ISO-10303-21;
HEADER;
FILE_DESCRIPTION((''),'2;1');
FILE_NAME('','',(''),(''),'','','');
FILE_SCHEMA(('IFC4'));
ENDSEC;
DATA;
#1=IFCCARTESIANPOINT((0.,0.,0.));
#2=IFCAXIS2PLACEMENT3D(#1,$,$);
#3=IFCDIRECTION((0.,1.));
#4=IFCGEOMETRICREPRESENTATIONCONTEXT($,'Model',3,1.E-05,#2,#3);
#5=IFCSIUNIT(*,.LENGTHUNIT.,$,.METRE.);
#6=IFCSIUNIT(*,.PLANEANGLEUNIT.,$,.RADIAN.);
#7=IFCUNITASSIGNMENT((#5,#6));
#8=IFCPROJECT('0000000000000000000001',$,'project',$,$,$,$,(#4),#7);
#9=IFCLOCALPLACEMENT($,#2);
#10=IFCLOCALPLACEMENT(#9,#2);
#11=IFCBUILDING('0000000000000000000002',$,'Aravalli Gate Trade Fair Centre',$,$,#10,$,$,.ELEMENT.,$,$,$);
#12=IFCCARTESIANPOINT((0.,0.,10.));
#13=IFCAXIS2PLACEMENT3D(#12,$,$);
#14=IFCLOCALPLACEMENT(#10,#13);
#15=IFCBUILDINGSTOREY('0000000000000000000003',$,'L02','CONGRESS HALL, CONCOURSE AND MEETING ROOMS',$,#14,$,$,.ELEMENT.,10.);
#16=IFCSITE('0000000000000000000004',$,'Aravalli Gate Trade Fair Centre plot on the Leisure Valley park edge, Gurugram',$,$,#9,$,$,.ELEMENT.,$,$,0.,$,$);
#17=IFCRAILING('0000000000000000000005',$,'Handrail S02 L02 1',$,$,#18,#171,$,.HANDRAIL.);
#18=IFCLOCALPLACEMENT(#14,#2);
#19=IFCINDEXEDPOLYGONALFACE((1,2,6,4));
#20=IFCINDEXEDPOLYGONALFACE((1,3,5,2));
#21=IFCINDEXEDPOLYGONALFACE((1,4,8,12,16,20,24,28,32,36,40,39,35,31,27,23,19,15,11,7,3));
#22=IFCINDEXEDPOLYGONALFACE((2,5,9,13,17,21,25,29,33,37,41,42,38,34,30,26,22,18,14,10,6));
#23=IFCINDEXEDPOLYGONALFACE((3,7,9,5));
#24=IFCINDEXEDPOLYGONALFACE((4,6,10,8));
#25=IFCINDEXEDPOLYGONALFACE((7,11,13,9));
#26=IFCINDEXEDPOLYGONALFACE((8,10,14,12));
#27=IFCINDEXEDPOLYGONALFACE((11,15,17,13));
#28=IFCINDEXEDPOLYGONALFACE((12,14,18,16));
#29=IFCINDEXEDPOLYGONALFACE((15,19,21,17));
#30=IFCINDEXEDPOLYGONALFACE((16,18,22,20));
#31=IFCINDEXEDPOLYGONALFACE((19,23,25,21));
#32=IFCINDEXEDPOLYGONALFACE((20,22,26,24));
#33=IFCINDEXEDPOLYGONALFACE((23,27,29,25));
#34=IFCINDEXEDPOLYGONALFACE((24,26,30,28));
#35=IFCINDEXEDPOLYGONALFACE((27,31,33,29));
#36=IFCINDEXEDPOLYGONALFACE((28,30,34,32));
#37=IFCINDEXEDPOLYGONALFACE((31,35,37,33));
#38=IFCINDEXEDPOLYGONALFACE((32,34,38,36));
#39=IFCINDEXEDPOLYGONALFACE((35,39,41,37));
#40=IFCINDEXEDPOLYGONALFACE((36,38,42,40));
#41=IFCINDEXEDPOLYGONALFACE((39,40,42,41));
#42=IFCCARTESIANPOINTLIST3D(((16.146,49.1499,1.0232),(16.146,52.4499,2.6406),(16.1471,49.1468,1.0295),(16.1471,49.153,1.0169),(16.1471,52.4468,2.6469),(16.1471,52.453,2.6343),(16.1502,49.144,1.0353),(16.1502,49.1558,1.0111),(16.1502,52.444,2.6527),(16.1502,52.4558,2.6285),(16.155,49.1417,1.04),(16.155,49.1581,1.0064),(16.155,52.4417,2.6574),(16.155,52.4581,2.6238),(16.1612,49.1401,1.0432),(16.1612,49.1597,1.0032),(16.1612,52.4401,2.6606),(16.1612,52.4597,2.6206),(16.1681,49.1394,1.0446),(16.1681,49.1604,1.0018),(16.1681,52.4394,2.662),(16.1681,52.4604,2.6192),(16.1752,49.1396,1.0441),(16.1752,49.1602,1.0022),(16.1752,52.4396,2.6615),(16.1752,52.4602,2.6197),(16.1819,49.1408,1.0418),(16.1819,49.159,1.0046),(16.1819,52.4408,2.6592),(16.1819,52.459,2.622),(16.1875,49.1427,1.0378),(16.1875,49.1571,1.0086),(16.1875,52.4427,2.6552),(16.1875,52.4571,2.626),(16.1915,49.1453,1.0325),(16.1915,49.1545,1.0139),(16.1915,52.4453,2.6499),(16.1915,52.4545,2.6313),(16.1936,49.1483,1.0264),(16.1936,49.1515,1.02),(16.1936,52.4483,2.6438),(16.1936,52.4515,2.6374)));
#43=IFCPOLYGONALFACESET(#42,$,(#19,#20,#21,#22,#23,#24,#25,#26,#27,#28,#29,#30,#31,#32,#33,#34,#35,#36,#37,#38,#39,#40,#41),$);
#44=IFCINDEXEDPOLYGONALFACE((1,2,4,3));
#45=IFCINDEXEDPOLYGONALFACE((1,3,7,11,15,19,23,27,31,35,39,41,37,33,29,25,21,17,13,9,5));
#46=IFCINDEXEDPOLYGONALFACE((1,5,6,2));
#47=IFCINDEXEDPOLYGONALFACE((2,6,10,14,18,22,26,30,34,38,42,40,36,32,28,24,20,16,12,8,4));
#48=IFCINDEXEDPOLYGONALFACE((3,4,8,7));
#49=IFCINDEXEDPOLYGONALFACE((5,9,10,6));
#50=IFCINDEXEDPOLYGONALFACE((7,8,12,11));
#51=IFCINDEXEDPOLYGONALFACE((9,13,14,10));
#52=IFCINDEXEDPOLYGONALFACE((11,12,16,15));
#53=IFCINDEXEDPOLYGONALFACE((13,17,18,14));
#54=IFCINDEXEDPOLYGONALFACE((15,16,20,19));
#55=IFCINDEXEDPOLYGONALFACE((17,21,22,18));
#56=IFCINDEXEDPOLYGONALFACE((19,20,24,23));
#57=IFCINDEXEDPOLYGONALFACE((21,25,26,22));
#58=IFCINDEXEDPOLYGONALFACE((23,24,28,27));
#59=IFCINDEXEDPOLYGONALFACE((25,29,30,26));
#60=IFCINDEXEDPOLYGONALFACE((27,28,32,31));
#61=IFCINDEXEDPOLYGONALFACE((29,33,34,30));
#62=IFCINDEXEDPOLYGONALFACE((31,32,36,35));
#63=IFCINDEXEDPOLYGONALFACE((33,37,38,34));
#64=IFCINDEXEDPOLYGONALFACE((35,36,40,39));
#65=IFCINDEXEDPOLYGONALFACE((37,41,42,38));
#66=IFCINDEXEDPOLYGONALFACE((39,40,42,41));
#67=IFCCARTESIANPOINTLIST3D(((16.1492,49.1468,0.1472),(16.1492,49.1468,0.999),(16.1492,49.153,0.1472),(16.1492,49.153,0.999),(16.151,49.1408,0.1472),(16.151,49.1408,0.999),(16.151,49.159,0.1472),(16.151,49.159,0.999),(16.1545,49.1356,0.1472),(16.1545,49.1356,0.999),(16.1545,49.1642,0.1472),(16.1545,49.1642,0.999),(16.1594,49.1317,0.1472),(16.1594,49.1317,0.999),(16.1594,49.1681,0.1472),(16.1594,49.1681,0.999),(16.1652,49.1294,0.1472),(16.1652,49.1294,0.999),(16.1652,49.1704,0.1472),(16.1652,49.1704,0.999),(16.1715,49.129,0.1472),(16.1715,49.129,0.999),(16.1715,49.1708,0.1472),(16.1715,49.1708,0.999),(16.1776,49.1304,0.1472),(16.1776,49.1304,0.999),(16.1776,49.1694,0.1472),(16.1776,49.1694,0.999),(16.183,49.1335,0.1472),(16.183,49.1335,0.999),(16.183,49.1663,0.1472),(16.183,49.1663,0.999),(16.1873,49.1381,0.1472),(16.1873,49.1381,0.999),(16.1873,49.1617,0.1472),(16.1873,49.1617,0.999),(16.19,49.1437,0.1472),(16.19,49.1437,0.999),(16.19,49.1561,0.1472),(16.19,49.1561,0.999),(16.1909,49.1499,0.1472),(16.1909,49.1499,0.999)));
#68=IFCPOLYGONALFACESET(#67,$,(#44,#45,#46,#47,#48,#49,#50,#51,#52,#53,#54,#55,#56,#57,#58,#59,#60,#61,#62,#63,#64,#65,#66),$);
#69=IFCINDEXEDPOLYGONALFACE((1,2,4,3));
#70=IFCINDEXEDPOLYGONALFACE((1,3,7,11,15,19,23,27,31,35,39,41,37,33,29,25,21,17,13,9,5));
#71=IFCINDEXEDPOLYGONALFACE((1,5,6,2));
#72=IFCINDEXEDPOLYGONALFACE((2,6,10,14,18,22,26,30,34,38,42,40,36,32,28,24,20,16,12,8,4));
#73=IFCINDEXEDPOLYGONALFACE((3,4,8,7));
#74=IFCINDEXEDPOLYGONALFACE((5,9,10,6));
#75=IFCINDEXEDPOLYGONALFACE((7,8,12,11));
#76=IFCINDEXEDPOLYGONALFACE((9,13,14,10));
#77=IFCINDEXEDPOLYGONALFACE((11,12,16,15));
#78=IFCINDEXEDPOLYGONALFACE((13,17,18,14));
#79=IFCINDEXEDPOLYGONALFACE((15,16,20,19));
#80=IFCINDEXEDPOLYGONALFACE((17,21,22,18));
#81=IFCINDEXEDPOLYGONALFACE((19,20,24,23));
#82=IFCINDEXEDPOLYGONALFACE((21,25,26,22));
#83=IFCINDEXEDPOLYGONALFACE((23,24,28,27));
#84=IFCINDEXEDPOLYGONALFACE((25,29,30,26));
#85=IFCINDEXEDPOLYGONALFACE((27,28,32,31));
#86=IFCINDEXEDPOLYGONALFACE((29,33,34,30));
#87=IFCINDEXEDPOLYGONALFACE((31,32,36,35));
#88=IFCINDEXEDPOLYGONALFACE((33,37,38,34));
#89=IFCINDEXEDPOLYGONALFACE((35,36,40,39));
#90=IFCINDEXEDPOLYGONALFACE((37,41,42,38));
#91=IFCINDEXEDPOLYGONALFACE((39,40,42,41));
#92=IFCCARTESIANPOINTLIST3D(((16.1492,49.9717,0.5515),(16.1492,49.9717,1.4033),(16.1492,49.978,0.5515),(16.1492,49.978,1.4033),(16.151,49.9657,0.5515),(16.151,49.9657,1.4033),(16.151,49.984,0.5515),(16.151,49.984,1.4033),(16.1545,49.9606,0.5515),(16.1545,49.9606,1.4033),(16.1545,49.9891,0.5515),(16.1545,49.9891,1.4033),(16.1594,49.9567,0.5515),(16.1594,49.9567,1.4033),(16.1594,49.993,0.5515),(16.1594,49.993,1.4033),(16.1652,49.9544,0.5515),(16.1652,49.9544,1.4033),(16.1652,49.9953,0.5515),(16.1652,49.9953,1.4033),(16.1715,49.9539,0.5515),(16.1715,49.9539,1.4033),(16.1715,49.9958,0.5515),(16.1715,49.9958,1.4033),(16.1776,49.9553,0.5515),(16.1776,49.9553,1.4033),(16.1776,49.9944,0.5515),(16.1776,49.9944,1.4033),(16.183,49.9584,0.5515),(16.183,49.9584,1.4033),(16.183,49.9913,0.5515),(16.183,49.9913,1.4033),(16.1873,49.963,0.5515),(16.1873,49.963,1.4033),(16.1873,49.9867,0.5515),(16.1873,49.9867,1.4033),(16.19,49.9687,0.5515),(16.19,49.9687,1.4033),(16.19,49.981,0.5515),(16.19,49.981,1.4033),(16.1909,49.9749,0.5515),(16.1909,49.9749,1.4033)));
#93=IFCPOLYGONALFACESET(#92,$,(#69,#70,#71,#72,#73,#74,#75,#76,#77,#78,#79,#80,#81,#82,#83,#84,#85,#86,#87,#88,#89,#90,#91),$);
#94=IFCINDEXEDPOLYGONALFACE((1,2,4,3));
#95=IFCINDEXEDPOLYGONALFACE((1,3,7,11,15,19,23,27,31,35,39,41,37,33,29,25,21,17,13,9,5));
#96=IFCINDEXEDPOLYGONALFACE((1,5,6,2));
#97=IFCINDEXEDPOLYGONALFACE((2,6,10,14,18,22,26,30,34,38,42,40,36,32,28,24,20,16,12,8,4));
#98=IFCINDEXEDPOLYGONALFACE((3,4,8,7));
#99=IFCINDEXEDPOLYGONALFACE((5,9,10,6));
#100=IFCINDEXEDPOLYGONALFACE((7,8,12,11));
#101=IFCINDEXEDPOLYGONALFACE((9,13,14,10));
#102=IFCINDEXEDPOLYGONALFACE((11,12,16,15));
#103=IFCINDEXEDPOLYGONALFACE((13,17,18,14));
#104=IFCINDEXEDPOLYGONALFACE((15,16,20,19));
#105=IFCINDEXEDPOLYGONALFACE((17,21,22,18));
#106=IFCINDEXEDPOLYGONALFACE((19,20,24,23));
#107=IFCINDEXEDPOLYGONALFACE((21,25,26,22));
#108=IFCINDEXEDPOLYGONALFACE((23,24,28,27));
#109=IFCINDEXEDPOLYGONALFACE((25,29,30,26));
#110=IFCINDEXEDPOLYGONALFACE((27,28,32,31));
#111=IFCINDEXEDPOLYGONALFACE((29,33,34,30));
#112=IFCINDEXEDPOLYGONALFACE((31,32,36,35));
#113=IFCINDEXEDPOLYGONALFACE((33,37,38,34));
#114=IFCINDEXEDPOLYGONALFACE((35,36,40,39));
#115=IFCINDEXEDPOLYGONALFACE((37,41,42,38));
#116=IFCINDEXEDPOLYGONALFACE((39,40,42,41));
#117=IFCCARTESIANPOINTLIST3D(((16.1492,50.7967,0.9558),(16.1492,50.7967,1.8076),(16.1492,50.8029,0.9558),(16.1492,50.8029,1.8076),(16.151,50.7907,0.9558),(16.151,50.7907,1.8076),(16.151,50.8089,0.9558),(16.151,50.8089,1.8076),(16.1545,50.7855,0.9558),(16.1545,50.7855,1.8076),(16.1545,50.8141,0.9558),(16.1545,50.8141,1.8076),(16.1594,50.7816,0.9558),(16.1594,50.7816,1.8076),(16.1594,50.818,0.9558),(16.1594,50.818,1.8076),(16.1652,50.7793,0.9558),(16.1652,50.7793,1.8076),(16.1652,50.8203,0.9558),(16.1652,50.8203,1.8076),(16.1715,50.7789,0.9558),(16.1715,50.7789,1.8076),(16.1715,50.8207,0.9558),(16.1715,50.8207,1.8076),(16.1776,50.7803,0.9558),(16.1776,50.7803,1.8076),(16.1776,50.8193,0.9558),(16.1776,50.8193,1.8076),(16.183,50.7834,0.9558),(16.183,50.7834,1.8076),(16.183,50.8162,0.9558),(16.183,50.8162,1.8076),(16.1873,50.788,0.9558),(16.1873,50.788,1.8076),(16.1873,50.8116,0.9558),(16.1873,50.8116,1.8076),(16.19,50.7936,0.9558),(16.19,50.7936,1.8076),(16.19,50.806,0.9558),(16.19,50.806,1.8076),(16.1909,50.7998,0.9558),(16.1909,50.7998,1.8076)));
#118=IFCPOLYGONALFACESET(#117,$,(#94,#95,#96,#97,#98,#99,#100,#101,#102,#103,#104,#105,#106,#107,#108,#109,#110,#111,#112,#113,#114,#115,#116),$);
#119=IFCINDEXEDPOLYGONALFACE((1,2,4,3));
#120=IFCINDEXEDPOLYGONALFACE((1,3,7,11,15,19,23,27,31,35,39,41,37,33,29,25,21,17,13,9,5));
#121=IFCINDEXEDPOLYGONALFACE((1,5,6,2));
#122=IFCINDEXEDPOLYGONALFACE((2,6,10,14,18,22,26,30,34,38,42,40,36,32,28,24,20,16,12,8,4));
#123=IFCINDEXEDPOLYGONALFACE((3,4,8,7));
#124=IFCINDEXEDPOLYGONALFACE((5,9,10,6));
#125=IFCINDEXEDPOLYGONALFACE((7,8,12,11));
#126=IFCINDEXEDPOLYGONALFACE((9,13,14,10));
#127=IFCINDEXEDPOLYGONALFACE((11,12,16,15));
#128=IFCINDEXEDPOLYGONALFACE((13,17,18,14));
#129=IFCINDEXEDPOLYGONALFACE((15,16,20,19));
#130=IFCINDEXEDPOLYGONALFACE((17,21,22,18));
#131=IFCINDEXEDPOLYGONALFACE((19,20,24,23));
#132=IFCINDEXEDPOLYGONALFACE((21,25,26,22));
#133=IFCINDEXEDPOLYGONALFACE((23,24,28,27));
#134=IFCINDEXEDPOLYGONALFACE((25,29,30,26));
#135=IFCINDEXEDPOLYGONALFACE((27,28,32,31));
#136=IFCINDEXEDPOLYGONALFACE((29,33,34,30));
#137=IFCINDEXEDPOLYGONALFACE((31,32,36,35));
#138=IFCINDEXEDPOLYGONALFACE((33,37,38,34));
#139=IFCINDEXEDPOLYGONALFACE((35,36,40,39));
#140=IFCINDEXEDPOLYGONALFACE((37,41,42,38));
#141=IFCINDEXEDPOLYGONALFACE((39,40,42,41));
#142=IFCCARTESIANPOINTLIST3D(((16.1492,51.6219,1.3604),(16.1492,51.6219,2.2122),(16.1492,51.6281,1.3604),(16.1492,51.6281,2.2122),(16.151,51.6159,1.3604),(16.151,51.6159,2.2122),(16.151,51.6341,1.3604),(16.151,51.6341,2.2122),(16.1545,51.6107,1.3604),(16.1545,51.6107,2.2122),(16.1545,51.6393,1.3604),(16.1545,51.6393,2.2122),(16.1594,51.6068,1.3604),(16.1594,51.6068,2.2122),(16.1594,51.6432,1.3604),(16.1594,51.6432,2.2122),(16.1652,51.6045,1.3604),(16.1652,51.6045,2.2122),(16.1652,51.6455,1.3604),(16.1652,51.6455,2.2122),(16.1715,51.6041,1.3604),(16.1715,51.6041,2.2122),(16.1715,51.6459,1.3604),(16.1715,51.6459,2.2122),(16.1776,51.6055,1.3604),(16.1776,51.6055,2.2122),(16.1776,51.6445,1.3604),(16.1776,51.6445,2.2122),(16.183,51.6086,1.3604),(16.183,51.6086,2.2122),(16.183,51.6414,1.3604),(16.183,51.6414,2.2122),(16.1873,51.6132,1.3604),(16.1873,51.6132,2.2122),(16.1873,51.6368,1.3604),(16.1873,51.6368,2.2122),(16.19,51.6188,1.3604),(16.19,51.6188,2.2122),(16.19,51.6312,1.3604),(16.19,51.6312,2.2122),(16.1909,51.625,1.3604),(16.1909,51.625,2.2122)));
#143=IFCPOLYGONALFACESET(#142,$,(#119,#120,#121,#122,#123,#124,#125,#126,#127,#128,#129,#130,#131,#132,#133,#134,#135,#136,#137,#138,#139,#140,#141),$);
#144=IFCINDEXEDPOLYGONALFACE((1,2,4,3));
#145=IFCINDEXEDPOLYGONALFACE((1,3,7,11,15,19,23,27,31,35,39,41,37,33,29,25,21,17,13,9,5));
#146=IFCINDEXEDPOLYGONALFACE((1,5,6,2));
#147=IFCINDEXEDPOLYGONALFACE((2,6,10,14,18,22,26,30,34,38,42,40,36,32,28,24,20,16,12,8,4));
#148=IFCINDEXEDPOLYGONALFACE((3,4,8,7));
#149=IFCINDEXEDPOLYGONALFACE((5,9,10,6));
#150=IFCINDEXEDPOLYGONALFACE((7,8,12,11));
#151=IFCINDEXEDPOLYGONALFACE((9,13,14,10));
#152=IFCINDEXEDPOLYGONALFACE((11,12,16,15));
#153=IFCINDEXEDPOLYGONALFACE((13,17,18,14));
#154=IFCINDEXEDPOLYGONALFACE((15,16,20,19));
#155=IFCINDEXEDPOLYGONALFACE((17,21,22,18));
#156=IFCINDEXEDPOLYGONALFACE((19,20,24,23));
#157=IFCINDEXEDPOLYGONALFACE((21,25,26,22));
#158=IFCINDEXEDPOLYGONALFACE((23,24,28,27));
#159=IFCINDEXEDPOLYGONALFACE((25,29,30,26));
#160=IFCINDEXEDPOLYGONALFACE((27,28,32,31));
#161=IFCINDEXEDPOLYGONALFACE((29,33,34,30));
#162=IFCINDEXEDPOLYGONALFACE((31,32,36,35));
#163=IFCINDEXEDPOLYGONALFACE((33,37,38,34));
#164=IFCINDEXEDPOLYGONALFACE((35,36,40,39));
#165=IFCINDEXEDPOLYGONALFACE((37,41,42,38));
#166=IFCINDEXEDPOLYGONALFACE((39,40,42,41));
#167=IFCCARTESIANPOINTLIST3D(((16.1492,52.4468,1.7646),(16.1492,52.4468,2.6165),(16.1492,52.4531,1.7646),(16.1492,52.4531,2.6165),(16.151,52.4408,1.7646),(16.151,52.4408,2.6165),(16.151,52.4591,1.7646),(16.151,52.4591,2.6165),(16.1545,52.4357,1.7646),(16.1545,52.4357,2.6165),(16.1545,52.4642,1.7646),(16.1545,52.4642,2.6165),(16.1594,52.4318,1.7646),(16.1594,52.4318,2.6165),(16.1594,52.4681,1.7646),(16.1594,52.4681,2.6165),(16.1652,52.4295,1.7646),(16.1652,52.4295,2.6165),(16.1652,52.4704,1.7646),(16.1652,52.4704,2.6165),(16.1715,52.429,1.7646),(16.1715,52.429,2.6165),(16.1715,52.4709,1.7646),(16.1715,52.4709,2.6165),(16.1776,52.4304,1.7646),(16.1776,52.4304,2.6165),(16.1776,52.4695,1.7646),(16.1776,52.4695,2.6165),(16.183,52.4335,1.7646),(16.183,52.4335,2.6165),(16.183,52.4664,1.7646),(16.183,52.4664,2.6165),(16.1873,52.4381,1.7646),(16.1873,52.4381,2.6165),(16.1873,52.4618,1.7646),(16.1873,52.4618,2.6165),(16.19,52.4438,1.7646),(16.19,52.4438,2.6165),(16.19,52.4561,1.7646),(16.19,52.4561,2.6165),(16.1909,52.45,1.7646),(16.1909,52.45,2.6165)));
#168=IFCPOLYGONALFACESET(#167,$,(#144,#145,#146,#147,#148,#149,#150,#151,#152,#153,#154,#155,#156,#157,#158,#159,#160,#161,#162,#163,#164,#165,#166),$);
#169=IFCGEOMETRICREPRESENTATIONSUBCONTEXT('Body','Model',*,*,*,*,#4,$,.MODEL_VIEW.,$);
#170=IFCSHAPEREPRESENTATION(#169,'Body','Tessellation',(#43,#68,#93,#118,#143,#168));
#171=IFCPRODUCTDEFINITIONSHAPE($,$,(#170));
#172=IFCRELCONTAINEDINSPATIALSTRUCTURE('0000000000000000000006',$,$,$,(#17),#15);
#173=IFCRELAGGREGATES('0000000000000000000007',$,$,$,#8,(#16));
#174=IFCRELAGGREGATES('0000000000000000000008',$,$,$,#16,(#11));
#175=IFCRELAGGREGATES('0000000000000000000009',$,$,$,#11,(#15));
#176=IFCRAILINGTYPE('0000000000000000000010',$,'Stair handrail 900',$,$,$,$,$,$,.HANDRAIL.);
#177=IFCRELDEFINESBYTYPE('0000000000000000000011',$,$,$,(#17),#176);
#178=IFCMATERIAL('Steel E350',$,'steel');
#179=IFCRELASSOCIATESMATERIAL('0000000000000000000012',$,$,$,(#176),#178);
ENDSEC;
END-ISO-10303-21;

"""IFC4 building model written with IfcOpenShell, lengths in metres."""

from ifc_helpers import new_model, si_unit, direction, frame, origin, origin_2d, place, context, subcontext, project, spatial, circle, extrude, material, type_object, element, save


model = new_model("IFC4")

# Units and contexts
model_context = context("Model", 3, precision=1e-05, world=origin(), true_north=direction((0.0, 1.0)))
body_context = subcontext(model_context, "Body", "Model", "MODEL_VIEW")
ifc_project = project(units=[si_unit("LENGTHUNIT", "METRE"), si_unit("PLANEANGLEUNIT", "RADIAN")], contexts=[model_context])

# Site, building, storey
site_placement = place(None, origin())
site = spatial("IfcSite", under=ifc_project, at=site_placement, Name="Aravalli Gate Trade Fair Centre plot on the Leisure Valley park edge, Gurugram", CompositionType="ELEMENT", RefElevation=0.0)
building_placement = place(site_placement, origin())
building = spatial("IfcBuilding", under=site, at=building_placement, Name="Aravalli Gate Trade Fair Centre", CompositionType="ELEMENT")
storey_placement = place(building_placement, frame((0.0, 0.0, 10.0)))
storey = spatial("IfcBuildingStorey", under=building, at=storey_placement, Name="L02", Description="CONGRESS HALL, CONCOURSE AND MEETING ROOMS", CompositionType="ELEMENT", Elevation=10.0)

# Shared definitions
ifc_material_1 = material(Name="Steel E350", Category="steel")

# Railing
railing_type_1 = type_object("IfcRailingType", Name="Stair handrail 900", PredefinedType="HANDRAIL", material=ifc_material_1)
for number, where, name in (
    (1, (16.1699, 49.1499, 0.1472), "Handrail S02 L02 1"),
):
    element("IfcRailing", number, at=place(storey_placement, frame(where)), inside=storey, type_object=railing_type_1, Name=name, PredefinedType="HANDRAIL", context=body_context, shape_type="SweptSolid", body=[
        extrude(circle(Radius=0.0239, at=origin_2d()), frame((0.0, 0.0, 0.876), z_axis=(0.0, 0.897946, 0.440105), x_axis=(-1.0, 0.0, 0.0)), (0.0, 0.0, 1.0), 3.675),
        extrude(circle(Radius=0.021, at=origin_2d()), origin(), (0.0, 0.0, 1.0), 0.8518),
        extrude(circle(Radius=0.021, at=origin_2d()), frame((0.0, 0.825, 0.4043)), (0.0, 0.0, 1.0), 0.8518),
        extrude(circle(Radius=0.021, at=origin_2d()), frame((0.0, 1.6499, 0.8086)), (0.0, 0.0, 1.0), 0.8518),
        extrude(circle(Radius=0.021, at=origin_2d()), frame((0.0, 2.4751, 1.2131)), (0.0, 0.0, 1.0), 0.8518),
        extrude(circle(Radius=0.021, at=origin_2d()), frame((0.0, 3.3, 1.6174)), (0.0, 0.0, 1.0), 0.8518),
    ])

save(model, "model.ifc")
